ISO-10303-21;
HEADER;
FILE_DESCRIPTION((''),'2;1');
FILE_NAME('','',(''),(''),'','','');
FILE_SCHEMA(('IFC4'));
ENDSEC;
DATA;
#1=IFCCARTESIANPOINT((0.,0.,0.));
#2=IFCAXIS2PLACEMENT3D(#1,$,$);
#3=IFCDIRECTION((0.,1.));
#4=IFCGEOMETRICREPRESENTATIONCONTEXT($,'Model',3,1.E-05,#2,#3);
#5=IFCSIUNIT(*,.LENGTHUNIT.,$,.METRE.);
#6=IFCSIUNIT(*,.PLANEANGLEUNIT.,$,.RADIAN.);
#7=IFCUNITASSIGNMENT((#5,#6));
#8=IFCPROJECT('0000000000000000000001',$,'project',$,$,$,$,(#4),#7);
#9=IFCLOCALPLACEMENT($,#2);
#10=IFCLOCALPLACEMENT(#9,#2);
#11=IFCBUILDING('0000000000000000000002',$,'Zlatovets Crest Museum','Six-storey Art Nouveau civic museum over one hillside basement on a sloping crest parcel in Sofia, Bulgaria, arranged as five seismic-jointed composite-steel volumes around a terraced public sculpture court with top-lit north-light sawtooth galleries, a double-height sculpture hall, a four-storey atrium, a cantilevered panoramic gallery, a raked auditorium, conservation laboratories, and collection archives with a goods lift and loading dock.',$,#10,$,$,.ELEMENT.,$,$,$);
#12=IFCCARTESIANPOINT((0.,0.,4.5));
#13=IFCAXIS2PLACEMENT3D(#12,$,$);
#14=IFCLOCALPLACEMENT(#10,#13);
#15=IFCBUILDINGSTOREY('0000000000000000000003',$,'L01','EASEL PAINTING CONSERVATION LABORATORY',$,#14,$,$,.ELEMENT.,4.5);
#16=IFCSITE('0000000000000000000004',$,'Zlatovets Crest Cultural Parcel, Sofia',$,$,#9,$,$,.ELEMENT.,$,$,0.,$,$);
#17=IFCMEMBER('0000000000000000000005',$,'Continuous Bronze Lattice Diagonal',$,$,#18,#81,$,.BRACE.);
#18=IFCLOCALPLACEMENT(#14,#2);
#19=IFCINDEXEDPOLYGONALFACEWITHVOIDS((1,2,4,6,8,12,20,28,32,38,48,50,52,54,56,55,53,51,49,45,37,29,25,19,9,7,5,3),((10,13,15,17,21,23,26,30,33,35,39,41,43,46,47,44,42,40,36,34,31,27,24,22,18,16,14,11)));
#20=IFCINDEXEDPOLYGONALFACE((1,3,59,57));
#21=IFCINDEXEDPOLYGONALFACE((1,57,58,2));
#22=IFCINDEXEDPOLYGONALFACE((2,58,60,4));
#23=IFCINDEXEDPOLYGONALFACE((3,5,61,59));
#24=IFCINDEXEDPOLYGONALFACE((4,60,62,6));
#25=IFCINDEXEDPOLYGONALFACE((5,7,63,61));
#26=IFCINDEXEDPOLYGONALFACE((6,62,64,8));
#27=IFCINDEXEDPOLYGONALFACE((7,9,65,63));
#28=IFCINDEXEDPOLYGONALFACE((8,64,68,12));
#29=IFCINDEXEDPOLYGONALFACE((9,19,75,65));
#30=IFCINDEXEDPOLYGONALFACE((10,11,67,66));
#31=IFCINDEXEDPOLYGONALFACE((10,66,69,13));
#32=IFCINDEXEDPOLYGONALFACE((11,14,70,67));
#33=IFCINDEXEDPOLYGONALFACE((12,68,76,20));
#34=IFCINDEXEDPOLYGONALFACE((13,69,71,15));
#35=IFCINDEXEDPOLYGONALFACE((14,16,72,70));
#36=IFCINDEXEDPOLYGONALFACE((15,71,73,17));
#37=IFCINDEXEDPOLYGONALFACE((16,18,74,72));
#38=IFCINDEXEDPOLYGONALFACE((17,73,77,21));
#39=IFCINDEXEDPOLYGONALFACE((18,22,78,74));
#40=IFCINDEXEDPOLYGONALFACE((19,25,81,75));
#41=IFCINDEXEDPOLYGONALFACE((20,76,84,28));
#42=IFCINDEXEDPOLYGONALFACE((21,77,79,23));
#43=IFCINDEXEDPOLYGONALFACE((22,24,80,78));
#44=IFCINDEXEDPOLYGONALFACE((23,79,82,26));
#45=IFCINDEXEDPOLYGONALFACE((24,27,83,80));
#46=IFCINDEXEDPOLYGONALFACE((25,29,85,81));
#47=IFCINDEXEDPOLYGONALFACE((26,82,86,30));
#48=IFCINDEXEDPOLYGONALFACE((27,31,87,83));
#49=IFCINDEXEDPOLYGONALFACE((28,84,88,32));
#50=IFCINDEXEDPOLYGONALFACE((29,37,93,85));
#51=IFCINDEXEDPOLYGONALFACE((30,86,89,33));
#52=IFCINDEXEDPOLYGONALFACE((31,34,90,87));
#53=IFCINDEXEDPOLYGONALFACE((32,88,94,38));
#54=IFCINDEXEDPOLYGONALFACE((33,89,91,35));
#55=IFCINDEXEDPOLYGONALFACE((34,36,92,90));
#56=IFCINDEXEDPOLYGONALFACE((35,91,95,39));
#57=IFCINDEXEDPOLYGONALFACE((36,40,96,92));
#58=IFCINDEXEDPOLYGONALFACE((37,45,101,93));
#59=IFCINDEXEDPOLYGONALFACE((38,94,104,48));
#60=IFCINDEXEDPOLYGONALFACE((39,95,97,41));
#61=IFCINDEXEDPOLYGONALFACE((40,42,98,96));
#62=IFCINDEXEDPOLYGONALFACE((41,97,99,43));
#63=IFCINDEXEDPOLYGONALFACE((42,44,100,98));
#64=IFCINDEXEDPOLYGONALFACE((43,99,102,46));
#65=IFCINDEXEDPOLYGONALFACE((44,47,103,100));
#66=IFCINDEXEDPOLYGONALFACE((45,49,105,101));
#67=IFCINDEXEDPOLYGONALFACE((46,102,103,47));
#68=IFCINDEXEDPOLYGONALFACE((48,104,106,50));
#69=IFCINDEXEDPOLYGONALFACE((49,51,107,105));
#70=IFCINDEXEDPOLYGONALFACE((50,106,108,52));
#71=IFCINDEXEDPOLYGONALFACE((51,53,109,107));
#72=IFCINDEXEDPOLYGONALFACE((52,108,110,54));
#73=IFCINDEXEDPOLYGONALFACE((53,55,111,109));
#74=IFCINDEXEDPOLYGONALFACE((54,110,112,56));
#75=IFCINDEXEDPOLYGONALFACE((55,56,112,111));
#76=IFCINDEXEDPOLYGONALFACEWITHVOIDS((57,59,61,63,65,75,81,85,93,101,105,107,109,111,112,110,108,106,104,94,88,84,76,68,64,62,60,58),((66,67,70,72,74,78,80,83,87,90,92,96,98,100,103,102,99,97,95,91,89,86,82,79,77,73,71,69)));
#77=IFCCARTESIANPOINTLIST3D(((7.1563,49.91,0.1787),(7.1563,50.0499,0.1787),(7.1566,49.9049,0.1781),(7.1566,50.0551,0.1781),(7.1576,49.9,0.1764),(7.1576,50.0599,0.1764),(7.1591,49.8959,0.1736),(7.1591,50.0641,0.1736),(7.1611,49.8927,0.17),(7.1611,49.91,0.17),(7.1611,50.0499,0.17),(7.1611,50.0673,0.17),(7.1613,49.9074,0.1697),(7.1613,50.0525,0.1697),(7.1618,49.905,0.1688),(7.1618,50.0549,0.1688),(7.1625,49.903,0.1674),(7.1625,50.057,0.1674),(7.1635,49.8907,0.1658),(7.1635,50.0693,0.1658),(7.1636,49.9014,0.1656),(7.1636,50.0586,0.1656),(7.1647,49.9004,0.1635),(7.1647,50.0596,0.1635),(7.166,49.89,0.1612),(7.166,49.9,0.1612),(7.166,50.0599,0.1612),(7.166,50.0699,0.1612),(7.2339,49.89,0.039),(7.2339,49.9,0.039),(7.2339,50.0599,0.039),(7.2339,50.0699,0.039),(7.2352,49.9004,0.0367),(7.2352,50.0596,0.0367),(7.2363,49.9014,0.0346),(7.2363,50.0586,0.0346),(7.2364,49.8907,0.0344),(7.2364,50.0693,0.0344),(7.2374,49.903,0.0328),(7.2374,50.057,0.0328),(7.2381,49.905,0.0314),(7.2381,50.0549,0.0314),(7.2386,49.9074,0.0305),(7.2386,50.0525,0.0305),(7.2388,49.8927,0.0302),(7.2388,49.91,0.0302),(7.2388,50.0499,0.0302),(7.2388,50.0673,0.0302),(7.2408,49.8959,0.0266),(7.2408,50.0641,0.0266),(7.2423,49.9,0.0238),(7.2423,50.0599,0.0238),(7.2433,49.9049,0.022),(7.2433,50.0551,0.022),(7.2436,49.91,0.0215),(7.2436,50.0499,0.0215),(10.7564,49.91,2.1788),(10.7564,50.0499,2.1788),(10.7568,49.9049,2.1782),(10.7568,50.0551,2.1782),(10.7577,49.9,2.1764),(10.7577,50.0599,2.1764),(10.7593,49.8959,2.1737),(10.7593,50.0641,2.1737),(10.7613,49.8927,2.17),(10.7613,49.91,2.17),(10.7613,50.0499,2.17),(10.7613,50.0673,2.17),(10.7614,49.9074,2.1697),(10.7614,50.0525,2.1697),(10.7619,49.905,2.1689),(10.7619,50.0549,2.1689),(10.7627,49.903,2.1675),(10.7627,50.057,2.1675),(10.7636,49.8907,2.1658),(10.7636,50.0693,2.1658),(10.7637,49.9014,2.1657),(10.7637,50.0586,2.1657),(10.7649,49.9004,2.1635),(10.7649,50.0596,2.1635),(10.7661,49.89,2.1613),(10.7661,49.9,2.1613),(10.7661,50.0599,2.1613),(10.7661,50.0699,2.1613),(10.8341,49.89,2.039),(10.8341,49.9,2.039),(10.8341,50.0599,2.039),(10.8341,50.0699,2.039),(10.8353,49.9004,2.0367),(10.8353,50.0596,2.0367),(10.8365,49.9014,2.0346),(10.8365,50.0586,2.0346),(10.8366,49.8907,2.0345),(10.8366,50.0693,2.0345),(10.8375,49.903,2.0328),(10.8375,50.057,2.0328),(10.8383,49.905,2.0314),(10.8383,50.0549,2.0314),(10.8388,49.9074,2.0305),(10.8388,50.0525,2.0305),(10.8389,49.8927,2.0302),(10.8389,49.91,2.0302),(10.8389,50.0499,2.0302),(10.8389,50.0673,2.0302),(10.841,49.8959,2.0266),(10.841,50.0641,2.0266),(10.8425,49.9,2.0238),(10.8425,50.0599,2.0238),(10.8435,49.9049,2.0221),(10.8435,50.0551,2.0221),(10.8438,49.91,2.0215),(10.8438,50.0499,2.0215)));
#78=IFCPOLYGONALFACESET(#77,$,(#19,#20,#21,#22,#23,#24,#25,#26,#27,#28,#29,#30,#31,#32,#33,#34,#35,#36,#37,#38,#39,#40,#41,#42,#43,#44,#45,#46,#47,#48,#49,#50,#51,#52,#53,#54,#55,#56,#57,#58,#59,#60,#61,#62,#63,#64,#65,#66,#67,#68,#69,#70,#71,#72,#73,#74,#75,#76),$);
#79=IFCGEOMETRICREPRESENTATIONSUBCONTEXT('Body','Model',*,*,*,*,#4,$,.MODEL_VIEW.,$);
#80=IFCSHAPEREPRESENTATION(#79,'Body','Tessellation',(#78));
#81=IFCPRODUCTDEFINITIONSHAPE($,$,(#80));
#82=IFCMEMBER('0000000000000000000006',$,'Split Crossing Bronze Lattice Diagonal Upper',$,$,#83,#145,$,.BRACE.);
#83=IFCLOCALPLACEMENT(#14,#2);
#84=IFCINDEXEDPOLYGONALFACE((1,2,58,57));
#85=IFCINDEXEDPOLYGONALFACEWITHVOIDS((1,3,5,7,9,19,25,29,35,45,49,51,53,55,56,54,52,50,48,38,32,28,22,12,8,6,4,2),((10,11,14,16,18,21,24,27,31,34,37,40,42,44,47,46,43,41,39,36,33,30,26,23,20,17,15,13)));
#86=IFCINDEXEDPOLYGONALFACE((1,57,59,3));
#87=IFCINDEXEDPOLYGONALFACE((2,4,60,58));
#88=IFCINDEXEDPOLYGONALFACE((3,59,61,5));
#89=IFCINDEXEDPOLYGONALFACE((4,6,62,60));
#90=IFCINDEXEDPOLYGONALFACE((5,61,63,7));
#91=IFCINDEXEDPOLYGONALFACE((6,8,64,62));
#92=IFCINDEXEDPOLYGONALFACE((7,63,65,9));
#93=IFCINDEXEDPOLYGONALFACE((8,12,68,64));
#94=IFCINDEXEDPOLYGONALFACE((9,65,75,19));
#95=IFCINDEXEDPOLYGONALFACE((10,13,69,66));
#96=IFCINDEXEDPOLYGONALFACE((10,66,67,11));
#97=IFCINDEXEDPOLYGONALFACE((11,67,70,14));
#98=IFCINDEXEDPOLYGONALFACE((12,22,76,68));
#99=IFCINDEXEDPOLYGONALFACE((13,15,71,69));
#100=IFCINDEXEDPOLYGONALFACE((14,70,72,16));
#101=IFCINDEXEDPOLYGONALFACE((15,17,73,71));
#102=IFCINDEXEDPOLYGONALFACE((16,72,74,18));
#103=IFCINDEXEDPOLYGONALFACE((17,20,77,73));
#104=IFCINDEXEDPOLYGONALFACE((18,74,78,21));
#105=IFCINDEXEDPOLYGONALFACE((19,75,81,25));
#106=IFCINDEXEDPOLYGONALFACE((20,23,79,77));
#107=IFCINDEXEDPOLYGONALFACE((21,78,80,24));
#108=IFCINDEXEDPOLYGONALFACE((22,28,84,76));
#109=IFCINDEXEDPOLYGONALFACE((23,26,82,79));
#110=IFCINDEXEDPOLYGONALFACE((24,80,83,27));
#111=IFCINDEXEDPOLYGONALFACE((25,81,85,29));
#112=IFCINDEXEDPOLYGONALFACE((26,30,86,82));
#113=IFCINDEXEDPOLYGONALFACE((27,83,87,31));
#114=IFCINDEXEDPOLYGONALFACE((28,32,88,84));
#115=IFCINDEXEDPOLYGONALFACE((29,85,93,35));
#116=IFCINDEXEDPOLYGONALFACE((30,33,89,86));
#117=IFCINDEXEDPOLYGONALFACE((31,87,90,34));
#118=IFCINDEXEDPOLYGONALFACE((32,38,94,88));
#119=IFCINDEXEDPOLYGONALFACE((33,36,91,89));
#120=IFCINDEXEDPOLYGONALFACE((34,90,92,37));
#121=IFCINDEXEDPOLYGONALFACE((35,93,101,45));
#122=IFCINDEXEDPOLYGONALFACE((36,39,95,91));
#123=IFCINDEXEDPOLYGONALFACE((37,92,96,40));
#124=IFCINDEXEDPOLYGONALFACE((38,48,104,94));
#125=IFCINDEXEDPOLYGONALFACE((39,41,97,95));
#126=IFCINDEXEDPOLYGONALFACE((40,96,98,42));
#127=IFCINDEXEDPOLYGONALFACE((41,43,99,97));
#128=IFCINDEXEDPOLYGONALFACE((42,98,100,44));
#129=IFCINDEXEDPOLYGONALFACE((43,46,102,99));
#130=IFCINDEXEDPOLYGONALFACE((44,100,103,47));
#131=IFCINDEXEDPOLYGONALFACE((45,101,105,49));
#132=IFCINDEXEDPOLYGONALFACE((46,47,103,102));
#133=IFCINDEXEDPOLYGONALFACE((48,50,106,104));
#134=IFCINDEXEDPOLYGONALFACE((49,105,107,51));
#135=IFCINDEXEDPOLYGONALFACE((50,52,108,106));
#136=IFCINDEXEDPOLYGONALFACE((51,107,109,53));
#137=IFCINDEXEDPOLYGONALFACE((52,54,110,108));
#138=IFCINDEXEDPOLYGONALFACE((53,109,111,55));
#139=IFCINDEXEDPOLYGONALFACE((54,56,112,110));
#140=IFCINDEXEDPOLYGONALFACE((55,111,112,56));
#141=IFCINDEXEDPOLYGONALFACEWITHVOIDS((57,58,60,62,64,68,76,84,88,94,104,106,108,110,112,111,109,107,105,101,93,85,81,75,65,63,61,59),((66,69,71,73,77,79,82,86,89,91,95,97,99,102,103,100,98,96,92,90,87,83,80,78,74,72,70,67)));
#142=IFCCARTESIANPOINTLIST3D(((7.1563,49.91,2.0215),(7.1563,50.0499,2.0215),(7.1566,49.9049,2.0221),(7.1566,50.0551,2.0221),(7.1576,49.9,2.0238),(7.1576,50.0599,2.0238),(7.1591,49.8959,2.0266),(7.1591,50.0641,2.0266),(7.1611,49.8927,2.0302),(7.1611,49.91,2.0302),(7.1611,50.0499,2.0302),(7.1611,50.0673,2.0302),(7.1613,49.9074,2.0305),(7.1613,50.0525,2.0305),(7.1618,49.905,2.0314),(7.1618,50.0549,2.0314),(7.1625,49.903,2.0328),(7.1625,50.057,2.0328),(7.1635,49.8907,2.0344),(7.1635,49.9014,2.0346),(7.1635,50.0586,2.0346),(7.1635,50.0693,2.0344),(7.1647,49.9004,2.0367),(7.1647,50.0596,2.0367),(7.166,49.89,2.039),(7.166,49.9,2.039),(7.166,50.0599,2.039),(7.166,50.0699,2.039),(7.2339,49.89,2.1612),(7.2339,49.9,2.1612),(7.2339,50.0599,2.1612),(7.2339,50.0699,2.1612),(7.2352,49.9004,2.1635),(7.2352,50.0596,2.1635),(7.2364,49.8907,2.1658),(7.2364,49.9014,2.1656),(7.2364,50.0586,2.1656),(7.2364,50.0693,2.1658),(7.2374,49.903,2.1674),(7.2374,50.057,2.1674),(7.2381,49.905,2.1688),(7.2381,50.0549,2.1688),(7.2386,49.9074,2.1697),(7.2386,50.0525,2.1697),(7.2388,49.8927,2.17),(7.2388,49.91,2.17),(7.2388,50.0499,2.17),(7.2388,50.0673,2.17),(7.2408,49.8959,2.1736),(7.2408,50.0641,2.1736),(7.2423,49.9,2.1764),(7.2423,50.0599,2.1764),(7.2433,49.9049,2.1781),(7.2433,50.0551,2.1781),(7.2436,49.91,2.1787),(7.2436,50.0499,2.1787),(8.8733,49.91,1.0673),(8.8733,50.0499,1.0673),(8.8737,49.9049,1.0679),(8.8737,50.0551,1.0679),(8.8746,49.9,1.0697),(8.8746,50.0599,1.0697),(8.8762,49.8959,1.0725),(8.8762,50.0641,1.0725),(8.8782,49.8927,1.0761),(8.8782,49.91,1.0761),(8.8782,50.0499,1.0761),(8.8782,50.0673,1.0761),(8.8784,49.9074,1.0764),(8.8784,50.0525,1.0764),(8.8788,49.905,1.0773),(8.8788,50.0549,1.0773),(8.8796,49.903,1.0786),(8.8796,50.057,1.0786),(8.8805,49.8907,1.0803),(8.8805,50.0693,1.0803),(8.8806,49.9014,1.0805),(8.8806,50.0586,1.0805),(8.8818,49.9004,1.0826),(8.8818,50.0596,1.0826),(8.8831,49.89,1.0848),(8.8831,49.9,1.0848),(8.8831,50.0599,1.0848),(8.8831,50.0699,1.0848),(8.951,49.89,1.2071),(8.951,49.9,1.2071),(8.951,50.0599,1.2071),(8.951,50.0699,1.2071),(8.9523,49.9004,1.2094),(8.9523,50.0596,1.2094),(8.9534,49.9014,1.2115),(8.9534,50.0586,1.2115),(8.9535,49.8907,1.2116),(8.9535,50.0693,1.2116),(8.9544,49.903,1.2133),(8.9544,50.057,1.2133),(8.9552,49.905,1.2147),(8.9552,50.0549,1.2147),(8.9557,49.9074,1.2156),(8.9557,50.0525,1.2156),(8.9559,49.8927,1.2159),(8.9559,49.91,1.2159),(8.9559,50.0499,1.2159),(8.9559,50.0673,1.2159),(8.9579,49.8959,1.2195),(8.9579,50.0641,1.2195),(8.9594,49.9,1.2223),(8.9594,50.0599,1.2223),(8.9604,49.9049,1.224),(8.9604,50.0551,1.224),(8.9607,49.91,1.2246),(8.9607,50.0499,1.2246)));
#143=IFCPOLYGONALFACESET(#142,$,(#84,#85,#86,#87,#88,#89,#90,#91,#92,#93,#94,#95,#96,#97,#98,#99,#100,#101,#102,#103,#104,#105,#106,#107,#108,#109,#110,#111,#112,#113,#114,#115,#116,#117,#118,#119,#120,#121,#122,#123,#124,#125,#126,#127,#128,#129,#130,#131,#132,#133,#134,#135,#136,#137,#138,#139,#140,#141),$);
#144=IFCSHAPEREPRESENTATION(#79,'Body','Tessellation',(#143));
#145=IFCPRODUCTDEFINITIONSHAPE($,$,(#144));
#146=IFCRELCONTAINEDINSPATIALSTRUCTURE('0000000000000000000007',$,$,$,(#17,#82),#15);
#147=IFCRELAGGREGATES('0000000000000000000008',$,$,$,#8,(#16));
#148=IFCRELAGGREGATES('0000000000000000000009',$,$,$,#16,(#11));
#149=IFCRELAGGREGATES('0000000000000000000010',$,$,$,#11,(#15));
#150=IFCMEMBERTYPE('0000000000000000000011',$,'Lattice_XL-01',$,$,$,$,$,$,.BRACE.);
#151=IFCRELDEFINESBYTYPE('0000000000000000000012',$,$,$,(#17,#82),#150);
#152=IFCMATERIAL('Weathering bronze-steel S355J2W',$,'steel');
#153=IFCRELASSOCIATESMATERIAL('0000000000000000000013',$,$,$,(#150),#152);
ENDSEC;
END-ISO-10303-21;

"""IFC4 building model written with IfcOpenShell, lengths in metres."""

from ifc_helpers import new_model, si_unit, direction, frame, origin, origin_2d, place, context, subcontext, project, spatial, hollow_rectangle, extrude, material, material_profile, profile_set, type_object, element, save


model = new_model("IFC4")

# Units and contexts
model_context = context("Model", 3, precision=1e-05, world=origin(), true_north=direction((0.0, 1.0)))
body_context = subcontext(model_context, "Body", "Model", "MODEL_VIEW")
ifc_project = project(units=[si_unit("LENGTHUNIT", "METRE"), si_unit("PLANEANGLEUNIT", "RADIAN")], contexts=[model_context])

# Site, building, storey
site_placement = place(None, origin())
site = spatial("IfcSite", under=ifc_project, at=site_placement, Name="Zlatovets Crest Cultural Parcel, Sofia", CompositionType="ELEMENT", RefElevation=0.0)
building_placement = place(site_placement, origin())
building = spatial("IfcBuilding", under=site, at=building_placement, Name="Zlatovets Crest Museum", Description="Six-storey Art Nouveau civic museum over one hillside basement on a sloping crest parcel in Sofia, Bulgaria, arranged as five seismic-jointed composite-steel volumes around a terraced public sculpture court with top-lit north-light sawtooth galleries, a double-height sculpture hall, a four-storey atrium, a cantilevered panoramic gallery, a raked auditorium, conservation laboratories, and collection archives with a goods lift and loading dock.", CompositionType="ELEMENT")
storey_placement = place(building_placement, frame((0.0, 0.0, 4.5)))
storey = spatial("IfcBuildingStorey", under=building, at=storey_placement, Name="L01", Description="EASEL PAINTING CONSERVATION LABORATORY", CompositionType="ELEMENT", Elevation=4.5)

# Members
ifc_material_1 = material(Name="Weathering bronze-steel S355J2W", Category="steel")
ifc_material_profile_1 = material_profile(ifc_material_1, hollow_rectangle(XDim=0.1799, YDim=0.1799, WallThickness=0.01, InnerFilletRadius=0.01, OuterFilletRadius=0.02, at=origin_2d()), Name="SHS 180x180x10.0")
ifc_profile_set_1 = profile_set([ifc_material_profile_1], Name="Weathering bronze-steel S355J2W")
member_type_1 = type_object("IfcMemberType", Name="Lattice_XL-01", PredefinedType="BRACE", material=ifc_profile_set_1)
member_1_placement = place(storey_placement, frame((7.2, 49.98, 0.1001), z_axis=(0.874163, 0.0, 0.485633), x_axis=(0.0, 1.0, 0.0)))
element("IfcMember", 1, at=member_1_placement, inside=storey, type_object=member_type_1, Name="Continuous Bronze Lattice Diagonal", PredefinedType="BRACE", context=body_context, shape_type="SweptSolid", body=[
    extrude(hollow_rectangle(XDim=0.1799, YDim=0.1799, WallThickness=0.01, InnerFilletRadius=0.01, OuterFilletRadius=0.02, at=origin_2d()), origin(), (0.0, 0.0, 1.0), 4.1184),
])
member_2_placement = place(storey_placement, frame((7.2, 49.98, 2.1001), z_axis=(0.874116, 0.0, -0.485717), x_axis=(0.0, 1.0, 0.0)))
element("IfcMember", 2, at=member_2_placement, inside=storey, type_object=member_type_1, Name="Split Crossing Bronze Lattice Diagonal Upper", PredefinedType="BRACE", context=body_context, shape_type="SweptSolid", body=[
    extrude(hollow_rectangle(XDim=0.1799, YDim=0.1799, WallThickness=0.01, InnerFilletRadius=0.01, OuterFilletRadius=0.02, at=origin_2d()), origin(), (0.0, 0.0, 1.0), 1.9644),
])

save(model, "model.ifc")
